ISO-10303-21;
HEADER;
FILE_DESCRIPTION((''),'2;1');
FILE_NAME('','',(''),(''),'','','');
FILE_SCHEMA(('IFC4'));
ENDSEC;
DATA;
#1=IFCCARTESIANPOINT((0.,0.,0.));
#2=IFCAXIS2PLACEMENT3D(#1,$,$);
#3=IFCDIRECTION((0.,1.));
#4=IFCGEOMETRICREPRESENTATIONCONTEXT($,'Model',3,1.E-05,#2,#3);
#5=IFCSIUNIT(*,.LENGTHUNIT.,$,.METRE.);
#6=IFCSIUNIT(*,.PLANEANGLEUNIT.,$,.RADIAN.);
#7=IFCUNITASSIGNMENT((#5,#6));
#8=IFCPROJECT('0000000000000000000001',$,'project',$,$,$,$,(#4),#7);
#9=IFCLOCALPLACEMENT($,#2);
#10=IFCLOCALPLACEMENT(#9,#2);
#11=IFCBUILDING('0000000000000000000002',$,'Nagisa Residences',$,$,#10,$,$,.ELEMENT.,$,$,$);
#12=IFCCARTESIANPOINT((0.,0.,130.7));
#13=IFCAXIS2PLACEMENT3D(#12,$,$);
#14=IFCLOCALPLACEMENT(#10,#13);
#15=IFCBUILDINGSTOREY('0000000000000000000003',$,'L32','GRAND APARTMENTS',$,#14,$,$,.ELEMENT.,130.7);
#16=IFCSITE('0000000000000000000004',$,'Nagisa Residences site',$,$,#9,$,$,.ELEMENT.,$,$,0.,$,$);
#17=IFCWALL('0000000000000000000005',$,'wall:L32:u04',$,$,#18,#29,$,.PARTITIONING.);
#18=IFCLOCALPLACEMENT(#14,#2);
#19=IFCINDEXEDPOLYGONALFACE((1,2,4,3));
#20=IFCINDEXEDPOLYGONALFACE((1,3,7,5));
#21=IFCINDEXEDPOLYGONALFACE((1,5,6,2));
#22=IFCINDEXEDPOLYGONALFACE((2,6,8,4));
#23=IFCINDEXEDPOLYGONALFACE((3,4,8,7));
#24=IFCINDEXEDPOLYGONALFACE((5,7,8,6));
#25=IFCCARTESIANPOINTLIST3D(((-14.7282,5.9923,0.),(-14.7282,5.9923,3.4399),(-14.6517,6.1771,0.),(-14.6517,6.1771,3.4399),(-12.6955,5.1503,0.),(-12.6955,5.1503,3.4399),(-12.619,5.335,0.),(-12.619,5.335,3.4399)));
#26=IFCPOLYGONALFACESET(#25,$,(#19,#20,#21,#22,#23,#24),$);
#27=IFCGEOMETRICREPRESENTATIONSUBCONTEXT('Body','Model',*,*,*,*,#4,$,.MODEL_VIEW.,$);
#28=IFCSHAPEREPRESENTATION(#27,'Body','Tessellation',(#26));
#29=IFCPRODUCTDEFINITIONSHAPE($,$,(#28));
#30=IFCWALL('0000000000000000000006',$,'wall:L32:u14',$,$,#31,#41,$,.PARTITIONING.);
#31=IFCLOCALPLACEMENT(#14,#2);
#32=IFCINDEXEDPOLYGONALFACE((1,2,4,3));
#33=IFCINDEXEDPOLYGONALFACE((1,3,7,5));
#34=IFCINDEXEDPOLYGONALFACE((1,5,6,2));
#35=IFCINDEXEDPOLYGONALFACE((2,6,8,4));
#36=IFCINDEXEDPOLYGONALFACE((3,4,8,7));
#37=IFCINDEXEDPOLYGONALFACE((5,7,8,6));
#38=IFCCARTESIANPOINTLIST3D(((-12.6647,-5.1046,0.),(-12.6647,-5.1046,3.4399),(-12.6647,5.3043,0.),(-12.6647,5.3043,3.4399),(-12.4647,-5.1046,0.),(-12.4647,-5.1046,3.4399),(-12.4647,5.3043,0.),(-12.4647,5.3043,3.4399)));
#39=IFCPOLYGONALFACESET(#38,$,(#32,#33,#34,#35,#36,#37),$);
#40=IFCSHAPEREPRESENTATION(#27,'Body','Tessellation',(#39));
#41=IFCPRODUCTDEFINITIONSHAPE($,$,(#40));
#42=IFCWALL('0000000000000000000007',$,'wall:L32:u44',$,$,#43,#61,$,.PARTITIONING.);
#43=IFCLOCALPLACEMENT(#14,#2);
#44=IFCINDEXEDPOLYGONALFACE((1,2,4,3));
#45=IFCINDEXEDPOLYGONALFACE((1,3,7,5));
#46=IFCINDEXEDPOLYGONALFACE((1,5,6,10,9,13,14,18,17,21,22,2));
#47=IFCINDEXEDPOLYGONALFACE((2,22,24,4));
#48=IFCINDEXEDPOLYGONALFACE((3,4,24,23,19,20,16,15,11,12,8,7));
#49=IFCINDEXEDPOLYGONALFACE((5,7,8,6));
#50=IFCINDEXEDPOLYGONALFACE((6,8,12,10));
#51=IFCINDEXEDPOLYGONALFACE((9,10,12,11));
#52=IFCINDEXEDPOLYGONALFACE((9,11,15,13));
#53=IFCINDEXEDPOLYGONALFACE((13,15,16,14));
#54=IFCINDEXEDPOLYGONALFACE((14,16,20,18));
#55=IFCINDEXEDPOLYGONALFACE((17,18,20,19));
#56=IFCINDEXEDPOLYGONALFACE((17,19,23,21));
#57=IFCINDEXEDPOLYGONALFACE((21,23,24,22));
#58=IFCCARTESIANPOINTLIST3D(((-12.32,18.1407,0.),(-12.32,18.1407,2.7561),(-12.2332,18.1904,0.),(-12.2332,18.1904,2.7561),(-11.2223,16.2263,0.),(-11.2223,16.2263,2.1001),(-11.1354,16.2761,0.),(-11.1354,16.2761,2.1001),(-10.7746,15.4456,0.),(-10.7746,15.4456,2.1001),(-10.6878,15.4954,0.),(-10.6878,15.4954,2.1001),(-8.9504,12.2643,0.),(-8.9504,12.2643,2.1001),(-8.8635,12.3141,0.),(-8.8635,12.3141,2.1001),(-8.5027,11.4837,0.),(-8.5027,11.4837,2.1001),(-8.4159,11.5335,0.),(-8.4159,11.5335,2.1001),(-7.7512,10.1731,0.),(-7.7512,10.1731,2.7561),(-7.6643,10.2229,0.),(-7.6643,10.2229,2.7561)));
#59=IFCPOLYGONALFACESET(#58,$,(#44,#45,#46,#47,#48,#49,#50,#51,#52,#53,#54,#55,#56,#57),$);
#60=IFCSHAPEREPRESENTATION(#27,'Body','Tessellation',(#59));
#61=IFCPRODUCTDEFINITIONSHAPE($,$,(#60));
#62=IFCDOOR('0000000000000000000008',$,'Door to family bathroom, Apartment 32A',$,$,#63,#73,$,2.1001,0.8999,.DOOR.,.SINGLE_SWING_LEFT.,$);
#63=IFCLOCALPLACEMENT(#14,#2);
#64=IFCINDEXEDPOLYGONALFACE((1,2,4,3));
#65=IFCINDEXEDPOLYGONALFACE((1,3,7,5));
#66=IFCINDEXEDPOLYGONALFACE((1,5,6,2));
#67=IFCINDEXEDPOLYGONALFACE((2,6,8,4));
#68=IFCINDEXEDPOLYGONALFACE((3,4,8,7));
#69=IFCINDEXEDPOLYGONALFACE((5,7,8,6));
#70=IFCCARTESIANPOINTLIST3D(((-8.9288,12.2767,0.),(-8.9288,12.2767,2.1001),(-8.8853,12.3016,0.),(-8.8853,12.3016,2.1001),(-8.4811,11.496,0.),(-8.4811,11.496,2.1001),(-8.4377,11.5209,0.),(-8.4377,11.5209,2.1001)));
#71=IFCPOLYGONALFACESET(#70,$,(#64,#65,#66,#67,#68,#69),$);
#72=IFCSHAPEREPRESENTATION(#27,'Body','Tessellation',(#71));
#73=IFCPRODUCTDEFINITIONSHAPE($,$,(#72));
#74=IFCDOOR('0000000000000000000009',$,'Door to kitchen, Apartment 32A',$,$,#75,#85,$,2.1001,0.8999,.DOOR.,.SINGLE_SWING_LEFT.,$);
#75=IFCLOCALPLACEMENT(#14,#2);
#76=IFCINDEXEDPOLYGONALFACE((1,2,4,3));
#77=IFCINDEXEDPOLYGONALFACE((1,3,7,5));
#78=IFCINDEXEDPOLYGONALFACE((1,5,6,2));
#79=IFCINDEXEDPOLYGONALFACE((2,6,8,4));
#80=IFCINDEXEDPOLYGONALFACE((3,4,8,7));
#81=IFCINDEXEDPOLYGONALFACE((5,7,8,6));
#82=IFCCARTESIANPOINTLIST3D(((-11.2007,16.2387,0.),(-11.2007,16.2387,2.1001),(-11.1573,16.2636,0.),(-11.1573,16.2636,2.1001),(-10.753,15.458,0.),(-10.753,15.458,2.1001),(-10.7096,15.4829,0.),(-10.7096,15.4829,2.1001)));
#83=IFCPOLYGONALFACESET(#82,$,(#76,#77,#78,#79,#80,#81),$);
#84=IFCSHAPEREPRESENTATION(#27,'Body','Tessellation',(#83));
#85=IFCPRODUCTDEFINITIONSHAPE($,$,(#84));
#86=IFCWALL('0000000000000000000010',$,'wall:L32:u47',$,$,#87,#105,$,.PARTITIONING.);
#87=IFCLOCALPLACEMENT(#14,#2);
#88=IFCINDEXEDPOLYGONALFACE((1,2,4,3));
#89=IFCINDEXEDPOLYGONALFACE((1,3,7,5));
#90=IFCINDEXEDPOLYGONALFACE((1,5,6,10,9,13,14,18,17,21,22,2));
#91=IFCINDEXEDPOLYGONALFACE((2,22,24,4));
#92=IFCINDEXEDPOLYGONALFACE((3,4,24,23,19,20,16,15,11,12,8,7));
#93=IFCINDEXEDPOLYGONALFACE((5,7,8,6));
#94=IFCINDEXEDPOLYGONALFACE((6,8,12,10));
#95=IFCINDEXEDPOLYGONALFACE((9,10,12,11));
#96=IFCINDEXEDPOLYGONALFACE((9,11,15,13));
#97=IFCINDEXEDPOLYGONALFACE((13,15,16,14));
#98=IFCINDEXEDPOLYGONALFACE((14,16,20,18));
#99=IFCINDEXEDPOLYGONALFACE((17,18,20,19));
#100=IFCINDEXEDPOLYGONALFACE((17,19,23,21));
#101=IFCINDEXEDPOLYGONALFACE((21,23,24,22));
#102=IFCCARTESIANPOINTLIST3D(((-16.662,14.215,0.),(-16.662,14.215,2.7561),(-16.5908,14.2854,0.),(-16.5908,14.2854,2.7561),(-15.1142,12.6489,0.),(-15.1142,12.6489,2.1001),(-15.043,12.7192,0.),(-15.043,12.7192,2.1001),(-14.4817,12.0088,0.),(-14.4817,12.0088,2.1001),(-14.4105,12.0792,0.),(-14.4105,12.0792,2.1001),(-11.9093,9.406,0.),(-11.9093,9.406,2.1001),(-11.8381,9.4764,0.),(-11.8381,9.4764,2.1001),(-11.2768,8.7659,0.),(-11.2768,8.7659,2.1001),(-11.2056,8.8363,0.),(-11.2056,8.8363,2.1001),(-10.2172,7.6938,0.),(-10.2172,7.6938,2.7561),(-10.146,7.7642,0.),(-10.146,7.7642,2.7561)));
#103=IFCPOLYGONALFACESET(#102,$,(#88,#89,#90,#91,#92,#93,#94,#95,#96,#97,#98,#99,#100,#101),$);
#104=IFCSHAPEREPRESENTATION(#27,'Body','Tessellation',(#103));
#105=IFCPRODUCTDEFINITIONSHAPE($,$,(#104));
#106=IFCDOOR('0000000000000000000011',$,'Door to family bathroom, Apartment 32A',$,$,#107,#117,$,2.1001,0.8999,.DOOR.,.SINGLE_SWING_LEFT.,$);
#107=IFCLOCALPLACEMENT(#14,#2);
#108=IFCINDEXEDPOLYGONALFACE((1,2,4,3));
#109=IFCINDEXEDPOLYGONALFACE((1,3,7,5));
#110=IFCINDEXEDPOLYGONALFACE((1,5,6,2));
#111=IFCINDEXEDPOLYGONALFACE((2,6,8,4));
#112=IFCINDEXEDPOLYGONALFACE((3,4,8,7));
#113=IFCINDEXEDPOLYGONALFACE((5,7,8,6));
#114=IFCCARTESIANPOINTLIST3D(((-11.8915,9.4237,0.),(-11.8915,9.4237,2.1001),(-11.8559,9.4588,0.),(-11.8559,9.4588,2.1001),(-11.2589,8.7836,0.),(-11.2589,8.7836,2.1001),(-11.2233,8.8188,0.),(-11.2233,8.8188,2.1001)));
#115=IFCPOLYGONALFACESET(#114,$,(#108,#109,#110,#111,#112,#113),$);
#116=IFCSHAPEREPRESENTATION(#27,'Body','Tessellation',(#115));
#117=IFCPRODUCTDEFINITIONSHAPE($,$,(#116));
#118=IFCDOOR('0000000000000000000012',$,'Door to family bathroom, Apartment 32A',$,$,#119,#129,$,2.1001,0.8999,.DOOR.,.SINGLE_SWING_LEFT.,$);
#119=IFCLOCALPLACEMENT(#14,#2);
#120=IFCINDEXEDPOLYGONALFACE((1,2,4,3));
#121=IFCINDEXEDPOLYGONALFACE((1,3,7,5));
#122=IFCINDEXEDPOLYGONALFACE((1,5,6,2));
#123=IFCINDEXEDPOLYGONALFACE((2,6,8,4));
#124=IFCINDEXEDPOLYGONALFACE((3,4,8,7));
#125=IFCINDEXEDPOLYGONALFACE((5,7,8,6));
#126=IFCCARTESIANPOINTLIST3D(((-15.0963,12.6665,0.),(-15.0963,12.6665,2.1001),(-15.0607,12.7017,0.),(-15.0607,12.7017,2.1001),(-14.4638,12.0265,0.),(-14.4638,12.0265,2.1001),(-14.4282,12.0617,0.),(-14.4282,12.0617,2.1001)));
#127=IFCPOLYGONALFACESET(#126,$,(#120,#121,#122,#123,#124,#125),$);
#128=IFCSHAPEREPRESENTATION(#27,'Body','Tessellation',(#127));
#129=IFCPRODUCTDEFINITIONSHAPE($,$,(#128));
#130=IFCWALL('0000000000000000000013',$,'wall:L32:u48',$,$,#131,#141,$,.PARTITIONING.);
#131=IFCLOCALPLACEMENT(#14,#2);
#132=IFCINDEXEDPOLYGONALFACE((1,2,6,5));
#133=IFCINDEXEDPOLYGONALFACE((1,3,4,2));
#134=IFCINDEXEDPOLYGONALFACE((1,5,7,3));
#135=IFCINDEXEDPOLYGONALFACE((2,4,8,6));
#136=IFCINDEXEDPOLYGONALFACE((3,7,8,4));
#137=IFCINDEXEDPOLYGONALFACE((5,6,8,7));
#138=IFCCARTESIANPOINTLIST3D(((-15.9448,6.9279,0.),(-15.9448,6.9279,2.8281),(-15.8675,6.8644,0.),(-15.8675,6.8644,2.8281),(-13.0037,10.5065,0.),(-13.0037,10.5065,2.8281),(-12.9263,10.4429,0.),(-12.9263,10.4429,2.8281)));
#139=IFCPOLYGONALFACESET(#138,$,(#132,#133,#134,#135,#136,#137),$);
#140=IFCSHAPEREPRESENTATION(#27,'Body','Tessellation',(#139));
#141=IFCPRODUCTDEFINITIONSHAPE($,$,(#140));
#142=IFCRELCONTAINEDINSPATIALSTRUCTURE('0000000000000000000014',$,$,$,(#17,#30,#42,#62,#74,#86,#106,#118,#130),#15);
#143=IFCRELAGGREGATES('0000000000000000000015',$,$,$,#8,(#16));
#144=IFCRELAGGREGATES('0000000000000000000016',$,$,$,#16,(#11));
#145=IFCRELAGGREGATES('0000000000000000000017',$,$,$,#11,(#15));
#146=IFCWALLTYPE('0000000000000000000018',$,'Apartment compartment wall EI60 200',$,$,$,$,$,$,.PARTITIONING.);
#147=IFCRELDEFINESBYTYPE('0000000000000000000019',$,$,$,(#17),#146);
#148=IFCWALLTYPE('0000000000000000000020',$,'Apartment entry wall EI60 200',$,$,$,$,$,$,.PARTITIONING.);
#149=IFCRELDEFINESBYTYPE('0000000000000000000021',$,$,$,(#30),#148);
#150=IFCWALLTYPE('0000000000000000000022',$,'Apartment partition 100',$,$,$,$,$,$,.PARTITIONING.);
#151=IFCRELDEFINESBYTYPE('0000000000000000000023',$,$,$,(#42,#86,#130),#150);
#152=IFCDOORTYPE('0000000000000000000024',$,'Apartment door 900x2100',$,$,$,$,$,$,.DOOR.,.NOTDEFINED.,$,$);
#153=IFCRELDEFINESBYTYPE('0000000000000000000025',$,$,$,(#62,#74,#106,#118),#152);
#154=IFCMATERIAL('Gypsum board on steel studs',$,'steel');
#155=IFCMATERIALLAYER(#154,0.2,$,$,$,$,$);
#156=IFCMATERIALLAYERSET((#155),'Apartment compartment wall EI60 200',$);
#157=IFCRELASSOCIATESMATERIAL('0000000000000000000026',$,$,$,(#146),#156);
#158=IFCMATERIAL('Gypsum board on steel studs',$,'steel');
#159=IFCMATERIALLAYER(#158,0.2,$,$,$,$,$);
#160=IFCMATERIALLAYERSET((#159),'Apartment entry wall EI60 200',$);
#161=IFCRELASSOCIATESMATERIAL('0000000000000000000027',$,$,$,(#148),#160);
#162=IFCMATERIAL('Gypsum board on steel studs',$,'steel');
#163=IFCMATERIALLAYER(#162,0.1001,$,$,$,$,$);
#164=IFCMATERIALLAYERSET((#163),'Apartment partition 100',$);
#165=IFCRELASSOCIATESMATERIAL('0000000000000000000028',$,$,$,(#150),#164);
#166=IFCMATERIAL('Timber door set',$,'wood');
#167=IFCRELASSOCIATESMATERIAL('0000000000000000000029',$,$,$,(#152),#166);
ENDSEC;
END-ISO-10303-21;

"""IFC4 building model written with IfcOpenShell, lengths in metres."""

from ifc_helpers import new_model, si_unit, direction, frame, frame_2d, origin, place, context, subcontext, project, spatial, rectangle, extrude, material, layer, layer_set, type_object, element, fill, save


model = new_model("IFC4")

# Units and contexts
model_context = context("Model", 3, precision=1e-05, world=origin(), true_north=direction((0.0, 1.0)))
body_context = subcontext(model_context, "Body", "Model", "MODEL_VIEW")
ifc_project = project(units=[si_unit("LENGTHUNIT", "METRE"), si_unit("PLANEANGLEUNIT", "RADIAN")], contexts=[model_context])

# Site, building, storey
site_placement = place(None, origin())
site = spatial("IfcSite", under=ifc_project, at=site_placement, Name="Nagisa Residences site", CompositionType="ELEMENT", RefElevation=0.0)
building_placement = place(site_placement, origin())
building = spatial("IfcBuilding", under=site, at=building_placement, Name="Nagisa Residences", CompositionType="ELEMENT")
storey_placement = place(building_placement, frame((0.0, 0.0, 130.7)))
storey = spatial("IfcBuildingStorey", under=building, at=storey_placement, Name="L32", Description="GRAND APARTMENTS", CompositionType="ELEMENT", Elevation=130.7)

# Walls
ifc_material_1 = material(Name="Gypsum board on steel studs", Category="steel")
ifc_layer_1 = layer(ifc_material_1, 0.2)
ifc_layer_set_1 = layer_set([ifc_layer_1], Name="Apartment compartment wall EI60 200")
wall_type_1 = type_object("IfcWallType", Name="Apartment compartment wall EI60 200", PredefinedType="PARTITIONING", material=ifc_layer_set_1)
wall_1_placement = place(storey_placement, frame((-12.6572, 5.2427, 0.0), z_axis=(0.0, 0.0, 1.0), x_axis=(-0.923869, 0.382708, 0.0)))
element("IfcWall", 1, at=wall_1_placement, inside=storey, type_object=wall_type_1, Name="wall:L32:u04", PredefinedType="PARTITIONING", context=body_context, shape_type="SweptSolid", body=[
    extrude(rectangle(XDim=2.2002, YDim=0.2, at=frame_2d((1.1001, 0.0))), origin(), (0.0, 0.0, 1.0), 3.4399),
])
ifc_material_2 = material(Name="Gypsum board on steel studs", Category="steel")
ifc_layer_2 = layer(ifc_material_2, 0.2)
ifc_layer_set_2 = layer_set([ifc_layer_2], Name="Apartment entry wall EI60 200")
wall_type_2 = type_object("IfcWallType", Name="Apartment entry wall EI60 200", PredefinedType="PARTITIONING", material=ifc_layer_set_2)
wall_2_placement = place(storey_placement, frame((-12.5647, 5.3044, 0.0), z_axis=(0.0, 0.0, 1.0), x_axis=(0.0, -1.0, 0.0)))
element("IfcWall", 2, at=wall_2_placement, inside=storey, type_object=wall_type_2, Name="wall:L32:u14", PredefinedType="PARTITIONING", context=body_context, shape_type="SweptSolid", body=[
    extrude(rectangle(XDim=10.4089, YDim=0.2, at=frame_2d((5.2046, 0.0))), origin(), (0.0, 0.0, 1.0), 3.4399),
])

# Walls, openings, doors
ifc_material_3 = material(Name="Gypsum board on steel studs", Category="steel")
ifc_layer_3 = layer(ifc_material_3, 0.1001)
ifc_layer_set_3 = layer_set([ifc_layer_3], Name="Apartment partition 100")
wall_type_3 = type_object("IfcWallType", Name="Apartment partition 100", PredefinedType="PARTITIONING", material=ifc_layer_set_3)
wall_3_placement = place(storey_placement, frame((-7.7078, 10.198, 0.0), z_axis=(0.0, 0.0, 1.0), x_axis=(-0.497449, 0.867493, 0.0)))
wall_3 = element("IfcWall", 3, at=wall_3_placement, inside=storey, type_object=wall_type_3, Name="wall:L32:u44", PredefinedType="PARTITIONING", context=body_context, shape_type="SweptSolid", body=[
    extrude(rectangle(XDim=9.1846, YDim=0.1001, at=frame_2d((4.5923, 0.0))), origin(), (0.0, 0.0, 1.0), 2.7561),
])
opening_1_placement = place(wall_3_placement, frame((1.5107, 0.0, 0.0)))
opening_1 = element("IfcOpeningElement", 4, at=opening_1_placement, cuts=wall_3, PredefinedType="OPENING", context=body_context, shape_type="SweptSolid", body=[
    extrude(rectangle(XDim=0.8999, YDim=2.1001, at=frame_2d((0.45, 1.05))), frame((0.0, 0.0601, 0.0), z_axis=(0.0, -1.0, 0.0), x_axis=(1.0, 0.0, 0.0)), (0.0, 0.0, 1.0), 0.1201),
])
opening_2_placement = place(wall_3_placement, frame((6.0779, 0.0, 0.0)))
opening_2 = element("IfcOpeningElement", 5, at=opening_2_placement, cuts=wall_3, PredefinedType="OPENING", context=body_context, shape_type="SweptSolid", body=[
    extrude(rectangle(XDim=0.8999, YDim=2.1001, at=frame_2d((0.45, 1.05))), frame((0.0, 0.0601, 0.0), z_axis=(0.0, -1.0, 0.0), x_axis=(1.0, 0.0, 0.0)), (0.0, 0.0, 1.0), 0.1201),
])
ifc_material_4 = material(Name="Timber door set", Category="wood")
door_type_1 = type_object("IfcDoorType", Name="Apartment door 900x2100", OperationType="NOTDEFINED", PredefinedType="DOOR", material=ifc_material_4)
door_1_placement = place(opening_1_placement, frame((0.8999, 0.0, 0.0), x_axis=(-1.0, 0.0, 0.0)))
door_1 = element("IfcDoor", 6, at=door_1_placement, inside=storey, type_object=door_type_1, Name="Door to family bathroom, Apartment 32A", OperationType="SINGLE_SWING_LEFT", OverallHeight=2.1001, OverallWidth=0.8999, PredefinedType="DOOR", context=body_context, shape_type="SweptSolid", body=[
    extrude(rectangle(XDim=0.8999, YDim=2.1001, at=frame_2d((0.45, 1.05))), frame((0.0, 0.0249, 0.0), z_axis=(0.0, -1.0, 0.0), x_axis=(1.0, 0.0, 0.0)), (0.0, 0.0, 1.0), 0.05),
])
fill(opening_1, door_1)
door_2_placement = place(opening_2_placement, frame((0.8999, 0.0, 0.0), x_axis=(-1.0, 0.0, 0.0)))
door_2 = element("IfcDoor", 7, at=door_2_placement, inside=storey, type_object=door_type_1, Name="Door to kitchen, Apartment 32A", OperationType="SINGLE_SWING_LEFT", OverallHeight=2.1001, OverallWidth=0.8999, PredefinedType="DOOR", context=body_context, shape_type="SweptSolid", body=[
    extrude(rectangle(XDim=0.8999, YDim=2.1001, at=frame_2d((0.45, 1.05))), frame((0.0, 0.0249, 0.0), z_axis=(0.0, -1.0, 0.0), x_axis=(1.0, 0.0, 0.0)), (0.0, 0.0, 1.0), 0.05),
])
fill(opening_2, door_2)
wall_4_placement = place(storey_placement, frame((-10.1816, 7.729, 0.0), z_axis=(0.0, 0.0, 1.0), x_axis=(-0.702927, 0.711262, 0.0)))
wall_4 = element("IfcWall", 8, at=wall_4_placement, inside=storey, type_object=wall_type_3, Name="wall:L32:u47", PredefinedType="PARTITIONING", context=body_context, shape_type="SweptSolid", body=[
    extrude(rectangle(XDim=9.1685, YDim=0.1001, at=frame_2d((4.5842, 0.0))), origin(), (0.0, 0.0, 1.0), 2.7561),
])
opening_3_placement = place(wall_4_placement, frame((1.5073, 0.0, 0.0)))
opening_3 = element("IfcOpeningElement", 9, at=opening_3_placement, cuts=wall_4, PredefinedType="OPENING", context=body_context, shape_type="SweptSolid", body=[
    extrude(rectangle(XDim=0.8999, YDim=2.1001, at=frame_2d((0.45, 1.05))), frame((0.0, 0.0601, 0.0), z_axis=(0.0, -1.0, 0.0), x_axis=(1.0, 0.0, 0.0)), (0.0, 0.0, 1.0), 0.1201),
])
opening_4_placement = place(wall_4_placement, frame((6.0667, 0.0, 0.0)))
opening_4 = element("IfcOpeningElement", 10, at=opening_4_placement, cuts=wall_4, PredefinedType="OPENING", context=body_context, shape_type="SweptSolid", body=[
    extrude(rectangle(XDim=0.8999, YDim=2.1001, at=frame_2d((0.45, 1.05))), frame((0.0, 0.0601, 0.0), z_axis=(0.0, -1.0, 0.0), x_axis=(1.0, 0.0, 0.0)), (0.0, 0.0, 1.0), 0.1201),
])
door_3_placement = place(opening_3_placement, origin())
door_3 = element("IfcDoor", 11, at=door_3_placement, inside=storey, type_object=door_type_1, Name="Door to family bathroom, Apartment 32A", OperationType="SINGLE_SWING_LEFT", OverallHeight=2.1001, OverallWidth=0.8999, PredefinedType="DOOR", context=body_context, shape_type="SweptSolid", body=[
    extrude(rectangle(XDim=0.8999, YDim=2.1001, at=frame_2d((0.45, 1.05))), frame((0.0, 0.0249, 0.0), z_axis=(0.0, -1.0, 0.0), x_axis=(1.0, 0.0, 0.0)), (0.0, 0.0, 1.0), 0.05),
])
fill(opening_3, door_3)
door_4_placement = place(opening_4_placement, origin())
door_4 = element("IfcDoor", 12, at=door_4_placement, inside=storey, type_object=door_type_1, Name="Door to family bathroom, Apartment 32A", OperationType="SINGLE_SWING_LEFT", OverallHeight=2.1001, OverallWidth=0.8999, PredefinedType="DOOR", context=body_context, shape_type="SweptSolid", body=[
    extrude(rectangle(XDim=0.8999, YDim=2.1001, at=frame_2d((0.45, 1.05))), frame((0.0, 0.0249, 0.0), z_axis=(0.0, -1.0, 0.0), x_axis=(1.0, 0.0, 0.0)), (0.0, 0.0, 1.0), 0.05),
])
fill(opening_4, door_4)

# Wall
wall_5_placement = place(storey_placement, frame((-12.9651, 10.4746, 0.0), z_axis=(0.0, 0.0, 1.0), x_axis=(-0.634944, -0.772558, 0.0)))
element("IfcWall", 13, at=wall_5_placement, inside=storey, type_object=wall_type_3, Name="wall:L32:u48", PredefinedType="PARTITIONING", context=body_context, shape_type="SweptSolid", body=[
    extrude(rectangle(XDim=4.6321, YDim=0.1001, at=frame_2d((2.3159, 0.0))), origin(), (0.0, 0.0, 1.0), 2.8281),
])

save(model, "model.ifc")
